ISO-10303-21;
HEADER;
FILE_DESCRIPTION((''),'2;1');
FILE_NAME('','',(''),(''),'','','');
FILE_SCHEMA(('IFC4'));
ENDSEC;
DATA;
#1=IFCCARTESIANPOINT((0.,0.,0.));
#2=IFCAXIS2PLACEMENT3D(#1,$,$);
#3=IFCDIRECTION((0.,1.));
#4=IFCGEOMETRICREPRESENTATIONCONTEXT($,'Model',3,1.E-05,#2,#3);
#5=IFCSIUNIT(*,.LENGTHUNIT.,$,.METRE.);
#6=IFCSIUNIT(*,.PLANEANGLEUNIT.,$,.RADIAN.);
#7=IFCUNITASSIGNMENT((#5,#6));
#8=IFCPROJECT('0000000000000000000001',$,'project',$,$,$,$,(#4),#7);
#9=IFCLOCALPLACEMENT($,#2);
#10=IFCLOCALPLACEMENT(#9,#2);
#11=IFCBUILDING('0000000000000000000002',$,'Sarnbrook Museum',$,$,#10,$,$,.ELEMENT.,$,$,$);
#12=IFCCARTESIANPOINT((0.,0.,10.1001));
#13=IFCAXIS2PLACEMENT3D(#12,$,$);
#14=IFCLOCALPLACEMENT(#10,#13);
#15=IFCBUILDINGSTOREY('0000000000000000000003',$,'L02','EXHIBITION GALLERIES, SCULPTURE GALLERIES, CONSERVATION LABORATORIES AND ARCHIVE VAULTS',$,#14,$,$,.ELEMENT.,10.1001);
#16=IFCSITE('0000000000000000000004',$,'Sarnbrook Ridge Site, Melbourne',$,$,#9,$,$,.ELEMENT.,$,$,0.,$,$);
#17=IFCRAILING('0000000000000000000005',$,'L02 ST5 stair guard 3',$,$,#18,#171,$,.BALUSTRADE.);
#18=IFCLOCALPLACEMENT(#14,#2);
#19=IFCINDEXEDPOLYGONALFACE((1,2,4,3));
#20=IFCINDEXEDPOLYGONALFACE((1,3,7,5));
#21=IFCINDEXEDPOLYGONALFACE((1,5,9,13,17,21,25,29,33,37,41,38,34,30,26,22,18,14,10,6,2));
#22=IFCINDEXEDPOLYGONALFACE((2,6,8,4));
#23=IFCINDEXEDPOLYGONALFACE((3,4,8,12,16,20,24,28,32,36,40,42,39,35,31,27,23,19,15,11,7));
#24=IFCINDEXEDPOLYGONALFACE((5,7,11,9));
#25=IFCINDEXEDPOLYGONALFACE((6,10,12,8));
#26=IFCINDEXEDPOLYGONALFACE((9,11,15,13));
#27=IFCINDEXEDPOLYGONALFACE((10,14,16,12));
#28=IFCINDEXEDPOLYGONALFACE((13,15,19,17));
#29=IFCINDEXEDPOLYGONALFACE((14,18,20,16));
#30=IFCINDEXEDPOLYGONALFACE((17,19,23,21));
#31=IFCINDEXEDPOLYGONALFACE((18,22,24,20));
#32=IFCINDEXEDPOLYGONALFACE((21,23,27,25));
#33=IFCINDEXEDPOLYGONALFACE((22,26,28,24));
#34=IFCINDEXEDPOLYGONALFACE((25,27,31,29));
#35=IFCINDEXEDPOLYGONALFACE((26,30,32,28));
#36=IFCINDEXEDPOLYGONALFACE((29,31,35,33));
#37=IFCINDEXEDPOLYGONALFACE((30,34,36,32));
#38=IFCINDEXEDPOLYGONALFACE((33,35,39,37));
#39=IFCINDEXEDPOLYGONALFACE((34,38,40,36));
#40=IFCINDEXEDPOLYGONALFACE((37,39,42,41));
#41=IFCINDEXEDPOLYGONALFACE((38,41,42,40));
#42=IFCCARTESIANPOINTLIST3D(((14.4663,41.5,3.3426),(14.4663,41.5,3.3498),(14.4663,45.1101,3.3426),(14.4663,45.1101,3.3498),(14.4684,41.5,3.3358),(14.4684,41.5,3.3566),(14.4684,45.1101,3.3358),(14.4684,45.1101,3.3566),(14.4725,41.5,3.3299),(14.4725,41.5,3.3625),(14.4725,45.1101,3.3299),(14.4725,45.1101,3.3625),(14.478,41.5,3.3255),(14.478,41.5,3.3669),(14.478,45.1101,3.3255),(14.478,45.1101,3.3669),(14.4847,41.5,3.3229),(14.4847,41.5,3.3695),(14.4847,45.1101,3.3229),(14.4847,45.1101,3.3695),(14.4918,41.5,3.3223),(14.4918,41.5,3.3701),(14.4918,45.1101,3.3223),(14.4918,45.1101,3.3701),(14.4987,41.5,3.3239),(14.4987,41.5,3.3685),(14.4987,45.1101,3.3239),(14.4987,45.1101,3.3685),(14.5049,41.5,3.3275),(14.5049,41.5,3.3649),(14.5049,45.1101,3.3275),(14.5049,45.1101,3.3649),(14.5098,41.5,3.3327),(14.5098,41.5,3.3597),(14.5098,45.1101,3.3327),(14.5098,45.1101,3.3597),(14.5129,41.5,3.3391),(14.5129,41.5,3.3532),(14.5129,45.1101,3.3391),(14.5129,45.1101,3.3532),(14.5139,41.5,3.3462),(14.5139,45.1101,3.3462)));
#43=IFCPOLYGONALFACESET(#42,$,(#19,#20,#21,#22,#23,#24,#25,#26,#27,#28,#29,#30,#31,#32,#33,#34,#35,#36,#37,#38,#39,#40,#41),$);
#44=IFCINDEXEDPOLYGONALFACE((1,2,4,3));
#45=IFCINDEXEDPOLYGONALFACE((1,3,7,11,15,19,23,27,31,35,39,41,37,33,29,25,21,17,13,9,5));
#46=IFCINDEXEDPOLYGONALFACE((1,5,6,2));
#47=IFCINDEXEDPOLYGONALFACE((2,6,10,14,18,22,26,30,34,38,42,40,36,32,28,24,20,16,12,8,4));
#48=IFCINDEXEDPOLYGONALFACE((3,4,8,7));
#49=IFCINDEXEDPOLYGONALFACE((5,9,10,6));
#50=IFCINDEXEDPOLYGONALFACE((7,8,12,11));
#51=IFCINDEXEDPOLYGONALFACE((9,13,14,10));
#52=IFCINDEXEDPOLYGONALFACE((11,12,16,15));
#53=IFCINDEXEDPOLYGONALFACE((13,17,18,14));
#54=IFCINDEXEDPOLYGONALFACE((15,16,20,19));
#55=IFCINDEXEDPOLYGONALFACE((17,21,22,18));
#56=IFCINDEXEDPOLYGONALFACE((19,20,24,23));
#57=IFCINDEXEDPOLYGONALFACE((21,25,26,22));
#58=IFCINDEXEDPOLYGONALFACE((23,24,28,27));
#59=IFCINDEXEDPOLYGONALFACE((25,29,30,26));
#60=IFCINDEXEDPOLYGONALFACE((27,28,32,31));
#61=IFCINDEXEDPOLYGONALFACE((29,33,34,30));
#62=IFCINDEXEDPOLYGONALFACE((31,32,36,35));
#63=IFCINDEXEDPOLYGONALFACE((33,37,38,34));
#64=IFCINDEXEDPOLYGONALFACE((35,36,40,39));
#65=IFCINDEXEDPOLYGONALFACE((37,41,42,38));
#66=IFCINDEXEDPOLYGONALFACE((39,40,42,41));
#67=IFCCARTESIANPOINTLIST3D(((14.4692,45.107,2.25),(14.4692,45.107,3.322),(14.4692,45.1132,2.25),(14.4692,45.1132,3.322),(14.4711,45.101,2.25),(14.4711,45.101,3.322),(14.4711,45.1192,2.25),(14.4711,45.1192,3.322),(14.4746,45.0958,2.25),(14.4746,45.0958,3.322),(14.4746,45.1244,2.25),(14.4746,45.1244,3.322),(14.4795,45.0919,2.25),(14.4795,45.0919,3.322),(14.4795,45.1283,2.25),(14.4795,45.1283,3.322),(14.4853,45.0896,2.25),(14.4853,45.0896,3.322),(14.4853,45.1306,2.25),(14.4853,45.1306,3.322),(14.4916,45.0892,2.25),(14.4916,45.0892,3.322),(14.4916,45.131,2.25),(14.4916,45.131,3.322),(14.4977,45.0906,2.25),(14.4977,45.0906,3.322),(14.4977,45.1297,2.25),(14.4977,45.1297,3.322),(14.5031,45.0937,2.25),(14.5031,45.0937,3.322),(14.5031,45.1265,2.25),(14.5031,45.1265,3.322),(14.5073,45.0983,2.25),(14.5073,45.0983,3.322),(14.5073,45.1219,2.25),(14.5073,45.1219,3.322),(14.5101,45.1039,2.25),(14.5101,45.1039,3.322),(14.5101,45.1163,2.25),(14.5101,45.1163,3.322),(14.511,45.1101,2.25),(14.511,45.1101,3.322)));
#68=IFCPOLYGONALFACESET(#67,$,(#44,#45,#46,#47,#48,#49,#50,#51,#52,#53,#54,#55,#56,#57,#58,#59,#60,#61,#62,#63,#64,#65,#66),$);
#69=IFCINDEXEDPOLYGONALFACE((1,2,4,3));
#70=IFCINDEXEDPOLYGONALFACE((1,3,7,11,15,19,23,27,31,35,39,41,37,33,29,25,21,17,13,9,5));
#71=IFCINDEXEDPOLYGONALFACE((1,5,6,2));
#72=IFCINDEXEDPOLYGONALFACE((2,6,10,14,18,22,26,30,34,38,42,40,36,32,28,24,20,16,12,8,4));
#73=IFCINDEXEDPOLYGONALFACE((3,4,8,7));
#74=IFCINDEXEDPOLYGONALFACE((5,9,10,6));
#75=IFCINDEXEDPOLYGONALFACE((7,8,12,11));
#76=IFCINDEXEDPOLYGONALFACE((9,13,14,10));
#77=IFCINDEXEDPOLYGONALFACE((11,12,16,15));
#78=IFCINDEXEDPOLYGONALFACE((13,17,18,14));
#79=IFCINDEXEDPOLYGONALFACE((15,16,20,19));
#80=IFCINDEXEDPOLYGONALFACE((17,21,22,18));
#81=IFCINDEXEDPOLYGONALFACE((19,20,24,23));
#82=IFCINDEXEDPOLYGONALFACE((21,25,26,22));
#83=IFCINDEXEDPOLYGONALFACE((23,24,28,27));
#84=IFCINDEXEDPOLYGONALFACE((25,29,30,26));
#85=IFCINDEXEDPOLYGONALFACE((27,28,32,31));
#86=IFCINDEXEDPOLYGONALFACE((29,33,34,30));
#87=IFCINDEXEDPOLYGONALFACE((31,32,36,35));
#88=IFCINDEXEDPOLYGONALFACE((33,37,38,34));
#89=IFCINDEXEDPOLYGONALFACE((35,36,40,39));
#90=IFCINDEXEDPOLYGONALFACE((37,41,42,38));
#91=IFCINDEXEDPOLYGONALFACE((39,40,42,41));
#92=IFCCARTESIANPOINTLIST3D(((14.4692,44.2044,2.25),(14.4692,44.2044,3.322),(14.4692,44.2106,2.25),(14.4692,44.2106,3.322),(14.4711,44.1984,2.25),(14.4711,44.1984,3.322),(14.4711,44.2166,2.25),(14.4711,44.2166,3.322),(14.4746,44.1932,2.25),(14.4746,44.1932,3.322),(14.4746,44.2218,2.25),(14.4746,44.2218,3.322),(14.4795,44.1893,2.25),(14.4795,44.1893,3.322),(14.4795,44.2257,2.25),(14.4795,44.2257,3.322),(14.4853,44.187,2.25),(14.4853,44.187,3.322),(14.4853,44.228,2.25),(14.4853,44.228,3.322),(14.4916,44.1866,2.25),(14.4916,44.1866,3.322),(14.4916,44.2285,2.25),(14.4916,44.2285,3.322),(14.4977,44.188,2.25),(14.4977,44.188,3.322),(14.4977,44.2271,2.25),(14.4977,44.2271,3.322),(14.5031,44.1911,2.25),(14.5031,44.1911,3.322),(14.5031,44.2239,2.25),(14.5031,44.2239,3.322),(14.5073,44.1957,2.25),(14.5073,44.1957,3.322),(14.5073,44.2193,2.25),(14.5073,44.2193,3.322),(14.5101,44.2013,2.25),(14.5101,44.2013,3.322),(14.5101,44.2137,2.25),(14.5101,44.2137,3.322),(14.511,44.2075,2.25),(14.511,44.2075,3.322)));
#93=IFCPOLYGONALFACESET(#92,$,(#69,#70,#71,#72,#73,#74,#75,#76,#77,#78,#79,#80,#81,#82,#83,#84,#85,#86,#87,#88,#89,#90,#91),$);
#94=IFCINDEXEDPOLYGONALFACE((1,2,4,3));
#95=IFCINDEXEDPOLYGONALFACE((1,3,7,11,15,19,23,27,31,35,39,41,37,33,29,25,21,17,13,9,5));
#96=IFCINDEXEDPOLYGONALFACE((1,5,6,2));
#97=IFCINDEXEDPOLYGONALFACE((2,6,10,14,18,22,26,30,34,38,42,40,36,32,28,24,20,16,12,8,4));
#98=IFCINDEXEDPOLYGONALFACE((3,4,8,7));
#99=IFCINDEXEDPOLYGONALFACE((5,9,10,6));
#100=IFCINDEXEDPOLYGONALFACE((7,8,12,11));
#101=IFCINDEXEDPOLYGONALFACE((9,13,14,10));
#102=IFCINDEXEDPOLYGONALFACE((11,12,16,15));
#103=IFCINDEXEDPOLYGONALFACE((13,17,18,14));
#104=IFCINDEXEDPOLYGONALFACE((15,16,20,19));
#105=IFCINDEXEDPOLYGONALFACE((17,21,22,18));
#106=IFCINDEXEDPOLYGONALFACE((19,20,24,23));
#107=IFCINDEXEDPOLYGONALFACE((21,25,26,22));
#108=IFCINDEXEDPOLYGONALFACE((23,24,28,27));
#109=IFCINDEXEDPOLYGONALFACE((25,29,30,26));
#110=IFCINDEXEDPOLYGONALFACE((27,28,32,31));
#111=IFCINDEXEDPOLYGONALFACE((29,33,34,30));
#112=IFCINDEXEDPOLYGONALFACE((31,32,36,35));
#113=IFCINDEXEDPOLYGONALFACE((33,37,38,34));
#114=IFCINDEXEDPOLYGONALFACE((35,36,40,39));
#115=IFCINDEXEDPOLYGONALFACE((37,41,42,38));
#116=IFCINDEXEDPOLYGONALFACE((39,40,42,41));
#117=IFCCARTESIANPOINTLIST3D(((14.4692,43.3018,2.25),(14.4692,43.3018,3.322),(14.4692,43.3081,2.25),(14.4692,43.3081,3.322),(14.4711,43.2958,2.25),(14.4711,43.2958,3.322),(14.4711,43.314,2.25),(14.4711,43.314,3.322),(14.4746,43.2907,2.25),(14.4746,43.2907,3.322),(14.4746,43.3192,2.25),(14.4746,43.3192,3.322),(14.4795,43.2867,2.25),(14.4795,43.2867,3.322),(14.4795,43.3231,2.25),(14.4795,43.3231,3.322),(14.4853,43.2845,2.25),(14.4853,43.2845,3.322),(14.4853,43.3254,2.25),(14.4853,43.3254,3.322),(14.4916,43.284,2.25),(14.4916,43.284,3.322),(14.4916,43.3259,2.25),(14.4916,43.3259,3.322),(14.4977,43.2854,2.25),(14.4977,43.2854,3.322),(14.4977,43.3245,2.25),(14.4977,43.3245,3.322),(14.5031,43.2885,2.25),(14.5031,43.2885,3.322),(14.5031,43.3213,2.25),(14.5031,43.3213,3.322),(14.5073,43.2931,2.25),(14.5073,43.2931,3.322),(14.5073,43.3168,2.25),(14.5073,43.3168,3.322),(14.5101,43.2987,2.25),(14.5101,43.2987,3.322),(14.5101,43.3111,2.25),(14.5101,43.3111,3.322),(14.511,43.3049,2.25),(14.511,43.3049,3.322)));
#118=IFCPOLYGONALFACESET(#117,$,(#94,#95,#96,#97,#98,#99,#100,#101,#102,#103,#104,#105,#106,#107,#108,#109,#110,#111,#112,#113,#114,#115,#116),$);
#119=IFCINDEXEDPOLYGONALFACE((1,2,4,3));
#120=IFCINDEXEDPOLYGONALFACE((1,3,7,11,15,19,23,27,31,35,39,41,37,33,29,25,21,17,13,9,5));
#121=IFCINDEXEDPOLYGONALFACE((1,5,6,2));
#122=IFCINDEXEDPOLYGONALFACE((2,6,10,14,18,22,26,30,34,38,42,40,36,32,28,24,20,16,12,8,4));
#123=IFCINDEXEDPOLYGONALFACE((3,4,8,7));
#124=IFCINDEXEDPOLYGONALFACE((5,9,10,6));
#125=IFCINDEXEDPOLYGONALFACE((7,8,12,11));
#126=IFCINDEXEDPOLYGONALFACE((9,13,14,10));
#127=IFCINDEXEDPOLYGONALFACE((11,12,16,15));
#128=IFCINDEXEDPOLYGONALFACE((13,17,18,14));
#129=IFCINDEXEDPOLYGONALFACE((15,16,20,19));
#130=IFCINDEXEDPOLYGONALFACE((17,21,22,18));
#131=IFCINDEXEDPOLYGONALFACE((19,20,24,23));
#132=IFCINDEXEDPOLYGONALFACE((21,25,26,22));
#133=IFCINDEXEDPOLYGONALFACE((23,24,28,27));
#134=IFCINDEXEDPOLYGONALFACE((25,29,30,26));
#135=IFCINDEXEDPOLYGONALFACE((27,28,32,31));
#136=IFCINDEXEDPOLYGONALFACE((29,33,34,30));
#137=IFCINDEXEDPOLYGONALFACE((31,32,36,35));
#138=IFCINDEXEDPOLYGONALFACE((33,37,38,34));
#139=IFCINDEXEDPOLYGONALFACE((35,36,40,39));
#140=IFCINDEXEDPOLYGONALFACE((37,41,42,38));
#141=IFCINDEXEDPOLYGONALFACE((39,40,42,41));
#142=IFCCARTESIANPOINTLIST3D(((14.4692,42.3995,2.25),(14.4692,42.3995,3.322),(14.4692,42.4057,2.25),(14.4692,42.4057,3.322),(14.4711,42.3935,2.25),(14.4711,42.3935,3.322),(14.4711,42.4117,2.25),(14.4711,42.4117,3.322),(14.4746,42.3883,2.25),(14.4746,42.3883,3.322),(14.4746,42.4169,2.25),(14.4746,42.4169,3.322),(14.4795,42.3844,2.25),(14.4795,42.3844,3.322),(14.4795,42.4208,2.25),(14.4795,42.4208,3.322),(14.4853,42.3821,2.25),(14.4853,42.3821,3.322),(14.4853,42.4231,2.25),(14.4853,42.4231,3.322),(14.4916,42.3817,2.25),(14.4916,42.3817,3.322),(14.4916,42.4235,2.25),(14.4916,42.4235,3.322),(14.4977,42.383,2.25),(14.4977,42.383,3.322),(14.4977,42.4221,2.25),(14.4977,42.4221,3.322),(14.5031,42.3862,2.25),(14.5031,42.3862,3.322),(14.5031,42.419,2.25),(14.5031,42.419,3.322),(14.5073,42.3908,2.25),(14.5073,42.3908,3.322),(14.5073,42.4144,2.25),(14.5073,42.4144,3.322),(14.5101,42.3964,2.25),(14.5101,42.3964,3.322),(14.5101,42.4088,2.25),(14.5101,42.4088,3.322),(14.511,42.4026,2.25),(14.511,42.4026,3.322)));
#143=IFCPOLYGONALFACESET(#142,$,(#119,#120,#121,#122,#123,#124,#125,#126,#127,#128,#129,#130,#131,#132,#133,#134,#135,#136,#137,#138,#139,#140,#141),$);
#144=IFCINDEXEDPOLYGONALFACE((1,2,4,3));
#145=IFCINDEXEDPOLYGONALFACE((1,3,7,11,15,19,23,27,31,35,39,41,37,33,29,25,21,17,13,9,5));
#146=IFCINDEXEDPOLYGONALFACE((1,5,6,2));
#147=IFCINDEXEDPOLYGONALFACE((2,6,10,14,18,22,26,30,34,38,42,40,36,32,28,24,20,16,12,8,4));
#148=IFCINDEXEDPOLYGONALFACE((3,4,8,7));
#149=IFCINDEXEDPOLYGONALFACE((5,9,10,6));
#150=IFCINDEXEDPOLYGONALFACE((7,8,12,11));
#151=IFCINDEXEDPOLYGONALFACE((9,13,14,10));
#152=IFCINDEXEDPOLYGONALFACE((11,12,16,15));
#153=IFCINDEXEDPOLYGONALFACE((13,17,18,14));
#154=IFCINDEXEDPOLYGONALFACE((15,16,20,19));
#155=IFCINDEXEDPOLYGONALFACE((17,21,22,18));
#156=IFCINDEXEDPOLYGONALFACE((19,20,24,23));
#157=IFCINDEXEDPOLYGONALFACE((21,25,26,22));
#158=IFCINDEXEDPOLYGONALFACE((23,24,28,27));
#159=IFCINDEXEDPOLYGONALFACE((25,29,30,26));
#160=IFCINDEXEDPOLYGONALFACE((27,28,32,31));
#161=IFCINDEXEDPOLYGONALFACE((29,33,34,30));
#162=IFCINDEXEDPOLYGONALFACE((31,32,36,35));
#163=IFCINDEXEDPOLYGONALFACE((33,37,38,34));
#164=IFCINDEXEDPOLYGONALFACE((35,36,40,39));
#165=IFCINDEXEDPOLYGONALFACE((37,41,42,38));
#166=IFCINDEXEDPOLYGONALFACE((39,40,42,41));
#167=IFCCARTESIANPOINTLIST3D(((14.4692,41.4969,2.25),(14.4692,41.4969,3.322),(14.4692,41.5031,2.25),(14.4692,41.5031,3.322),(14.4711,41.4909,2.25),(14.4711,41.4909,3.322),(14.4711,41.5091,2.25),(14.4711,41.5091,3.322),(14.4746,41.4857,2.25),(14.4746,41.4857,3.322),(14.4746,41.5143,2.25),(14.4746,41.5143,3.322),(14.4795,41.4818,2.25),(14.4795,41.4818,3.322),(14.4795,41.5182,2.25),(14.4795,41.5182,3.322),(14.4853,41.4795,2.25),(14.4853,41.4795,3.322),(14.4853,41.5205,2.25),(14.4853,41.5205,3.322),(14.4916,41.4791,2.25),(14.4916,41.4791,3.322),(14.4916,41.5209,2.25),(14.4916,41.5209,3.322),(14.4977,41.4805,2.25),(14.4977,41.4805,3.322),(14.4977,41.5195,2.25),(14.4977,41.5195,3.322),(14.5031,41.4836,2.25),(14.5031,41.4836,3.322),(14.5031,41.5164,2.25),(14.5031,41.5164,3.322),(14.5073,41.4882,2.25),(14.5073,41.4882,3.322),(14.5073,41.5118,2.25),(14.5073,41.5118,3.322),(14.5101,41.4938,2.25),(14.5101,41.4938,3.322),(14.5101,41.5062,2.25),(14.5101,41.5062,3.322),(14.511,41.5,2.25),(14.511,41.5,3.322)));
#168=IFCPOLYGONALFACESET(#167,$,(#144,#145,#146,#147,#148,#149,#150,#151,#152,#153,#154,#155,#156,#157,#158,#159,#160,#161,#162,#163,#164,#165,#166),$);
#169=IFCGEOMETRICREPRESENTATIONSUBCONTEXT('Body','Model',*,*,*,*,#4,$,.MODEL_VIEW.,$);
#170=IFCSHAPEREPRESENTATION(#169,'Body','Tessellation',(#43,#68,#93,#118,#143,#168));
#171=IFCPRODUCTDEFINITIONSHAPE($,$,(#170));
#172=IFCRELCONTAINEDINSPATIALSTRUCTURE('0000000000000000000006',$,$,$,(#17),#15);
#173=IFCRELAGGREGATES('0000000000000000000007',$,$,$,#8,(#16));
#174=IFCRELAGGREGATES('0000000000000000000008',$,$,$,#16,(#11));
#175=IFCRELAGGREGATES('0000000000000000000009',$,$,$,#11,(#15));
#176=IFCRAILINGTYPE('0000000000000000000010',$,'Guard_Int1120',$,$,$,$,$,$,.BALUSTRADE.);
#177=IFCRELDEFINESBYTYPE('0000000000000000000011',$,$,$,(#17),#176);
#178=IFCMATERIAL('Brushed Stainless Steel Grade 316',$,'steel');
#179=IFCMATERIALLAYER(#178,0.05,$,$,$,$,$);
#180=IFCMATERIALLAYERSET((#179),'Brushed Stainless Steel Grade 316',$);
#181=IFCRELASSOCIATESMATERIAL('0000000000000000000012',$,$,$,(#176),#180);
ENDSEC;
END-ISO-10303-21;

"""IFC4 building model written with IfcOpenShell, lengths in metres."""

from ifc_helpers import new_model, si_unit, direction, frame, origin, origin_2d, place, context, subcontext, project, spatial, circle, extrude, material, layer, layer_set, type_object, element, save


model = new_model("IFC4")

# Units and contexts
model_context = context("Model", 3, precision=1e-05, world=origin(), true_north=direction((0.0, 1.0)))
body_context = subcontext(model_context, "Body", "Model", "MODEL_VIEW")
ifc_project = project(units=[si_unit("LENGTHUNIT", "METRE"), si_unit("PLANEANGLEUNIT", "RADIAN")], contexts=[model_context])

# Site, building, storey
site_placement = place(None, origin())
site = spatial("IfcSite", under=ifc_project, at=site_placement, Name="Sarnbrook Ridge Site, Melbourne", CompositionType="ELEMENT", RefElevation=0.0)
building_placement = place(site_placement, origin())
building = spatial("IfcBuilding", under=site, at=building_placement, Name="Sarnbrook Museum", CompositionType="ELEMENT")
storey_placement = place(building_placement, frame((0.0, 0.0, 10.1001)))
storey = spatial("IfcBuildingStorey", under=building, at=storey_placement, Name="L02", Description="EXHIBITION GALLERIES, SCULPTURE GALLERIES, CONSERVATION LABORATORIES AND ARCHIVE VAULTS", CompositionType="ELEMENT", Elevation=10.1001)

# Railing
ifc_material_1 = material(Name="Brushed Stainless Steel Grade 316", Category="steel")
ifc_layer_1 = layer(ifc_material_1, 0.05)
ifc_layer_set_1 = layer_set([ifc_layer_1], Name="Brushed Stainless Steel Grade 316")
railing_type_1 = type_object("IfcRailingType", Name="Guard_Int1120", PredefinedType="BALUSTRADE", material=ifc_layer_set_1)
for number, where, name in (
    (1, (14.49, 45.1101, 2.25), "L02 ST5 stair guard 3"),
):
    element("IfcRailing", number, at=place(storey_placement, frame(where)), inside=storey, type_object=railing_type_1, Name=name, PredefinedType="BALUSTRADE", context=body_context, shape_type="SweptSolid", body=[
        extrude(circle(Radius=0.0239, at=origin_2d()), frame((0.0, 0.0, 1.0962), z_axis=(0.0, -1.0, 0.0), x_axis=(1.0, 0.0, 0.0)), (0.0, 0.0, 1.0), 3.6101),
        extrude(circle(Radius=0.021, at=origin_2d()), origin(), (0.0, 0.0, 1.0), 1.072),
        extrude(circle(Radius=0.021, at=origin_2d()), frame((0.0, -0.9026, 0.0)), (0.0, 0.0, 1.0), 1.072),
        extrude(circle(Radius=0.021, at=origin_2d()), frame((0.0, -1.8052, 0.0)), (0.0, 0.0, 1.0), 1.072),
        extrude(circle(Radius=0.021, at=origin_2d()), frame((0.0, -2.7075, 0.0)), (0.0, 0.0, 1.0), 1.072),
        extrude(circle(Radius=0.021, at=origin_2d()), frame((0.0, -3.6101, 0.0)), (0.0, 0.0, 1.0), 1.072),
    ])

save(model, "model.ifc")
